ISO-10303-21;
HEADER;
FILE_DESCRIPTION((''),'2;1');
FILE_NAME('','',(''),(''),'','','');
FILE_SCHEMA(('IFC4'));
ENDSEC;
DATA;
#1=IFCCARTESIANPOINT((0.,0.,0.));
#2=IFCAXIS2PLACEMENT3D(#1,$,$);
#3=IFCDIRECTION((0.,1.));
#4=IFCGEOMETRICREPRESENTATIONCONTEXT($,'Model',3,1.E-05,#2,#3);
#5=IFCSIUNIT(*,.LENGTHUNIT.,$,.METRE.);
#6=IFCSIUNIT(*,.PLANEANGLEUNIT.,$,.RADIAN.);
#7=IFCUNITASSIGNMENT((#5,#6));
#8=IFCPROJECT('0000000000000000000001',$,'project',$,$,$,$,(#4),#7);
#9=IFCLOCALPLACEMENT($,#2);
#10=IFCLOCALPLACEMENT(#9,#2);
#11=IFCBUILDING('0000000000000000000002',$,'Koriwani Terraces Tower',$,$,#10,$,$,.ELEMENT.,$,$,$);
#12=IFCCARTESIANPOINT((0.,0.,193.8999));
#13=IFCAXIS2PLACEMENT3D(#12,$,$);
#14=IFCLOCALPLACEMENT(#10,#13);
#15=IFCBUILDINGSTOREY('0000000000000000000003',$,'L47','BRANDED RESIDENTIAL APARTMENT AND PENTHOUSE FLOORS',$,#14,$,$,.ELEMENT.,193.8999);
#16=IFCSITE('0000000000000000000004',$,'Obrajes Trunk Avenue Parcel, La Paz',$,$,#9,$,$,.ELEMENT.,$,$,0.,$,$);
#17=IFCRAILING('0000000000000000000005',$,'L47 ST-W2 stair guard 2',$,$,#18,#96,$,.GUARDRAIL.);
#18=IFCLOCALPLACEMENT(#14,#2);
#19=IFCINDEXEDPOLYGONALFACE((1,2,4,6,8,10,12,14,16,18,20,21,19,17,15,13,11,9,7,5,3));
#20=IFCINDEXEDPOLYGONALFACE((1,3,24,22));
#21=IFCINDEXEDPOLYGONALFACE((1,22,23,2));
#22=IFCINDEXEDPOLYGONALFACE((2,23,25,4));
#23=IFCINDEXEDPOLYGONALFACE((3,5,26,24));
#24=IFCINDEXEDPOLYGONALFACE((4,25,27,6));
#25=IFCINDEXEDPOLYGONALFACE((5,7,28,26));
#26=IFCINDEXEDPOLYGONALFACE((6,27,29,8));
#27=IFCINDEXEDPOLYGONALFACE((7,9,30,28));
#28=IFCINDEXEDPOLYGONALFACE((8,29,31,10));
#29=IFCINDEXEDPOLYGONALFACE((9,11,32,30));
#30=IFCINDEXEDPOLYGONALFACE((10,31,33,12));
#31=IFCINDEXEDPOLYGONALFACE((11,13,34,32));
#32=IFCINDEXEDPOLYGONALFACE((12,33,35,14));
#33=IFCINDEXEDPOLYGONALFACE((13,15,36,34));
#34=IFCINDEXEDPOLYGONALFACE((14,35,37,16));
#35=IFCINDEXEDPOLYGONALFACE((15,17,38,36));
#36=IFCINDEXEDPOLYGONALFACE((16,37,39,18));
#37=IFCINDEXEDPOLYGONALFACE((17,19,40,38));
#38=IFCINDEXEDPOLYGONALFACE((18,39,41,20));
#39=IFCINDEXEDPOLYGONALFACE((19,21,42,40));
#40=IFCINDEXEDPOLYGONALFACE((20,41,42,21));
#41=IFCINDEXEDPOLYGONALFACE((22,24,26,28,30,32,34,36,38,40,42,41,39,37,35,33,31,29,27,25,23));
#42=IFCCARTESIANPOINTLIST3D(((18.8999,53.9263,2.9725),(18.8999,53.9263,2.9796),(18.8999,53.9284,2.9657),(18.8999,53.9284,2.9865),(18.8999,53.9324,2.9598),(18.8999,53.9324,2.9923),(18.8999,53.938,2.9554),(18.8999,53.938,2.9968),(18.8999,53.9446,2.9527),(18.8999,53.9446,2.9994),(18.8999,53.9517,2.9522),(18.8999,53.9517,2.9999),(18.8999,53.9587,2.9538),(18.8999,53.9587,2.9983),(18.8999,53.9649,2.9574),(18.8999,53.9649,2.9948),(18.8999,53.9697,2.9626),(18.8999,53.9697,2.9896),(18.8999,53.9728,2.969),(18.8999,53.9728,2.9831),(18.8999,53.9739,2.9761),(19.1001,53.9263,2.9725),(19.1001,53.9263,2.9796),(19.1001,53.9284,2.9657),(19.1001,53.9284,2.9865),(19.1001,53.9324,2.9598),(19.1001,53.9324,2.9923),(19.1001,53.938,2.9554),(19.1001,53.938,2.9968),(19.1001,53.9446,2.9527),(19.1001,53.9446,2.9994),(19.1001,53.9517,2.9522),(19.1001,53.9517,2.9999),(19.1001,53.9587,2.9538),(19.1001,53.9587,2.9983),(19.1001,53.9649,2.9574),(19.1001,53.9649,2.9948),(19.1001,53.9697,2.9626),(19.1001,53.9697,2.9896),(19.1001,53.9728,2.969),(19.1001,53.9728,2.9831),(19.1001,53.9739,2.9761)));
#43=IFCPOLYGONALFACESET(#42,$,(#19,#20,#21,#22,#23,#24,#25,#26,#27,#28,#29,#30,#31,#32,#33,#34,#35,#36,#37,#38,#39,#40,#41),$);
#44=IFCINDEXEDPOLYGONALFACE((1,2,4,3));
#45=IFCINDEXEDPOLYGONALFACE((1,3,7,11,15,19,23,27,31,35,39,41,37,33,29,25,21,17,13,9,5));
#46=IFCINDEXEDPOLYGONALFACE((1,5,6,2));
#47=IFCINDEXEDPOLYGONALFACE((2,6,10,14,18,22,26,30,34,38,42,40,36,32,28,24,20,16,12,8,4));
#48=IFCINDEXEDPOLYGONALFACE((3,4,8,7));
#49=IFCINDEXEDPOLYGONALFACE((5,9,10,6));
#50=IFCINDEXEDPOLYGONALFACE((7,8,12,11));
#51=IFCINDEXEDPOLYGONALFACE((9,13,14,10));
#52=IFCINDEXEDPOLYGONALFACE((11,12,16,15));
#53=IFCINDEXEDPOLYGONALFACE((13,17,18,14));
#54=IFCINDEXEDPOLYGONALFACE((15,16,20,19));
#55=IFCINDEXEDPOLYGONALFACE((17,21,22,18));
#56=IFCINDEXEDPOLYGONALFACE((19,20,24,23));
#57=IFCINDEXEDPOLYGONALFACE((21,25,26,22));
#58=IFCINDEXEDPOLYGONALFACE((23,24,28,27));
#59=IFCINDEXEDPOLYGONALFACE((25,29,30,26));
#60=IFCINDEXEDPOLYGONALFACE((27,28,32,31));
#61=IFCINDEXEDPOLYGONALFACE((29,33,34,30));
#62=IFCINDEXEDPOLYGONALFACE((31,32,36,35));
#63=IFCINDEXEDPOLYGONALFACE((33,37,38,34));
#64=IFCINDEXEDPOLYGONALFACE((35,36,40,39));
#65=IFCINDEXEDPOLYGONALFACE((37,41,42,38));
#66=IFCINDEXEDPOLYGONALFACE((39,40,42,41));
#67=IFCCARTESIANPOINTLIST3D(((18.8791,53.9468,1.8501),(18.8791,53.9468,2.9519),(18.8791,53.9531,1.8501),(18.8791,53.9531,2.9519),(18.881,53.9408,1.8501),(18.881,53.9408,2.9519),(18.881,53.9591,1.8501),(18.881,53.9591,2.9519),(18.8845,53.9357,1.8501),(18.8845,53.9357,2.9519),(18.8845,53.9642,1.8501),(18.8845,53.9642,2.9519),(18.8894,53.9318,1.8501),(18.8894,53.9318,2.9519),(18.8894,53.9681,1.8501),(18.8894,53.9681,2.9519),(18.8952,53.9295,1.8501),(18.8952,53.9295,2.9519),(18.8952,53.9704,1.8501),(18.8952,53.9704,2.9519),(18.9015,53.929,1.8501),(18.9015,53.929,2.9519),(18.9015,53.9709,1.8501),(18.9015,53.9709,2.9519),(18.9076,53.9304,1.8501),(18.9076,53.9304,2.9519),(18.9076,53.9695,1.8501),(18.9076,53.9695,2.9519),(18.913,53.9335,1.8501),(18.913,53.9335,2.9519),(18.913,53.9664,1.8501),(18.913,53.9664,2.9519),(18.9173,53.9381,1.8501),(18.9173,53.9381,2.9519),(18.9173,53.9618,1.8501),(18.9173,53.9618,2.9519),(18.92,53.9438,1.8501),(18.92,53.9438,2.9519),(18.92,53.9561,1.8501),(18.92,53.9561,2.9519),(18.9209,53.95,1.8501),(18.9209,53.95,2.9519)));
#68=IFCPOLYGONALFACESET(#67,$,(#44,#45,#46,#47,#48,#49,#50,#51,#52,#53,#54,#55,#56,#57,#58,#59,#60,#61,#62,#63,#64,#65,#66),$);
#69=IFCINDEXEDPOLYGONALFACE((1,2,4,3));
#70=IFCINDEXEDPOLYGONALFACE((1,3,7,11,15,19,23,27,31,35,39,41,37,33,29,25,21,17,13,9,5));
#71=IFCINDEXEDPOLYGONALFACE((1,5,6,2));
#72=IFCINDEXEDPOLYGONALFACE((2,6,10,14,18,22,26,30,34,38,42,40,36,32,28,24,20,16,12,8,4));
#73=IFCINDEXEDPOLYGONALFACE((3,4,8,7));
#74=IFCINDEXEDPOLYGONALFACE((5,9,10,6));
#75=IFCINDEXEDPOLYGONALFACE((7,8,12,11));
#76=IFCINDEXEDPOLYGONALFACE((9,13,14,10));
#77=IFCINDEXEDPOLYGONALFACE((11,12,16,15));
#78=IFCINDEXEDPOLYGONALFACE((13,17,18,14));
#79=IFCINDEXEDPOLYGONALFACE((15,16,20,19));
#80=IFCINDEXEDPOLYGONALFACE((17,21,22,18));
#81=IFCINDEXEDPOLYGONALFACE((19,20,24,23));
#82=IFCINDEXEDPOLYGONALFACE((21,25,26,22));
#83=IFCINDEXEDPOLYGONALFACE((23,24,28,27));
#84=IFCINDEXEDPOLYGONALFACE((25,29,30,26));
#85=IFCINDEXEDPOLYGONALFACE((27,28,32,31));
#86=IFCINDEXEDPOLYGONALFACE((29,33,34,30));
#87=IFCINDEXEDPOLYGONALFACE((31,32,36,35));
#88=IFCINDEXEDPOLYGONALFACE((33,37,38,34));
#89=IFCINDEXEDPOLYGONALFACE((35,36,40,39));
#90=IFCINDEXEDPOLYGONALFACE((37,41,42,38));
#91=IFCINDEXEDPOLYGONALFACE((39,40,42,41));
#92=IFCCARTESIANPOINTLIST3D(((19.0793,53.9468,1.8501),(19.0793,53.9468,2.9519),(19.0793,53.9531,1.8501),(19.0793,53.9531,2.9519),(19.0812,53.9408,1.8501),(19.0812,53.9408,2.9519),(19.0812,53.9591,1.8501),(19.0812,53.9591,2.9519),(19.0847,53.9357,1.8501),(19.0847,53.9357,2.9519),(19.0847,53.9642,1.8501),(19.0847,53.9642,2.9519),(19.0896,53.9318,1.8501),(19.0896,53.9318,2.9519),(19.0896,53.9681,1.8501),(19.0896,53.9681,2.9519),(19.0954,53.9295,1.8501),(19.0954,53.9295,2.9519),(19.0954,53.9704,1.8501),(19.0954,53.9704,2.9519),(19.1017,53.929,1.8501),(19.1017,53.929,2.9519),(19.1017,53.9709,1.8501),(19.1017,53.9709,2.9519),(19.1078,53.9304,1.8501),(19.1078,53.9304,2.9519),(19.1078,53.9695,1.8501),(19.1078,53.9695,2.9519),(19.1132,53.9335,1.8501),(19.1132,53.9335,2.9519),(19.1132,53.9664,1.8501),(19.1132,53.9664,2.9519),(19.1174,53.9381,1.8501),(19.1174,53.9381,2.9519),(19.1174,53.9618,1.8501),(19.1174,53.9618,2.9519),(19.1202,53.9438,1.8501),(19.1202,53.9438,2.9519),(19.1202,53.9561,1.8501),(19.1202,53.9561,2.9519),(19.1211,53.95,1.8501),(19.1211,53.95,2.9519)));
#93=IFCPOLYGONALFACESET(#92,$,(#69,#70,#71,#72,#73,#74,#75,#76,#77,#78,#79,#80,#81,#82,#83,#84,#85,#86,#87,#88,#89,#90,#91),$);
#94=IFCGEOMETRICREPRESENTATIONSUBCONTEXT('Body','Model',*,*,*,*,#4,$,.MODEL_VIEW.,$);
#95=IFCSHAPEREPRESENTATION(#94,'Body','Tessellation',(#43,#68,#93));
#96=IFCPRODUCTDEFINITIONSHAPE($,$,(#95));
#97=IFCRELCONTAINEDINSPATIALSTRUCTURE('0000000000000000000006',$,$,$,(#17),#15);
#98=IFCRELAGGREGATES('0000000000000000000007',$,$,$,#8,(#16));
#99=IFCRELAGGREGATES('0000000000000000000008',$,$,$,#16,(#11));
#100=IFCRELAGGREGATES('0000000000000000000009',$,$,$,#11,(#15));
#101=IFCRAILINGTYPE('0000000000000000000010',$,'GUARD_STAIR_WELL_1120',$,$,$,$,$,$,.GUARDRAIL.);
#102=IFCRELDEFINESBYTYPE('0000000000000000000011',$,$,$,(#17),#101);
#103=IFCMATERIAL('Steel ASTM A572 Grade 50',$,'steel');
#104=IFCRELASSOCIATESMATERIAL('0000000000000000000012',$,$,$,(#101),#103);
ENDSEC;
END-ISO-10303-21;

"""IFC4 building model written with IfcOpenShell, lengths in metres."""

from ifc_helpers import new_model, si_unit, direction, frame, origin, origin_2d, place, context, subcontext, project, spatial, circle, extrude, material, type_object, element, save


model = new_model("IFC4")

# Units and contexts
model_context = context("Model", 3, precision=1e-05, world=origin(), true_north=direction((0.0, 1.0)))
body_context = subcontext(model_context, "Body", "Model", "MODEL_VIEW")
ifc_project = project(units=[si_unit("LENGTHUNIT", "METRE"), si_unit("PLANEANGLEUNIT", "RADIAN")], contexts=[model_context])

# Site, building, storey
site_placement = place(None, origin())
site = spatial("IfcSite", under=ifc_project, at=site_placement, Name="Obrajes Trunk Avenue Parcel, La Paz", CompositionType="ELEMENT", RefElevation=0.0)
building_placement = place(site_placement, origin())
building = spatial("IfcBuilding", under=site, at=building_placement, Name="Koriwani Terraces Tower", CompositionType="ELEMENT")
storey_placement = place(building_placement, frame((0.0, 0.0, 193.8999)))
storey = spatial("IfcBuildingStorey", under=building, at=storey_placement, Name="L47", Description="BRANDED RESIDENTIAL APARTMENT AND PENTHOUSE FLOORS", CompositionType="ELEMENT", Elevation=193.8999)

# Shared definitions
ifc_material_1 = material(Name="Steel ASTM A572 Grade 50", Category="steel")

# Railing
railing_type_1 = type_object("IfcRailingType", Name="GUARD_STAIR_WELL_1120", PredefinedType="GUARDRAIL", material=ifc_material_1)
railing_1_placement = place(storey_placement, frame((18.8999, 53.95, 1.8501)))
element("IfcRailing", 1, at=railing_1_placement, inside=storey, type_object=railing_type_1, Name="L47 ST-W2 stair guard 2", PredefinedType="GUARDRAIL", context=body_context, shape_type="SweptSolid", body=[
    extrude(circle(Radius=0.0239, at=origin_2d()), frame((0.0, 0.0, 1.126), z_axis=(1.0, 0.0, 0.0), x_axis=(0.0, 1.0, 0.0)), (0.0, 0.0, 1.0), 0.2002),
    extrude(circle(Radius=0.021, at=origin_2d()), origin(), (0.0, 0.0, 1.0), 1.1018),
    extrude(circle(Radius=0.021, at=origin_2d()), frame((0.2002, 0.0, 0.0)), (0.0, 0.0, 1.0), 1.1018),
])

save(model, "model.ifc")
